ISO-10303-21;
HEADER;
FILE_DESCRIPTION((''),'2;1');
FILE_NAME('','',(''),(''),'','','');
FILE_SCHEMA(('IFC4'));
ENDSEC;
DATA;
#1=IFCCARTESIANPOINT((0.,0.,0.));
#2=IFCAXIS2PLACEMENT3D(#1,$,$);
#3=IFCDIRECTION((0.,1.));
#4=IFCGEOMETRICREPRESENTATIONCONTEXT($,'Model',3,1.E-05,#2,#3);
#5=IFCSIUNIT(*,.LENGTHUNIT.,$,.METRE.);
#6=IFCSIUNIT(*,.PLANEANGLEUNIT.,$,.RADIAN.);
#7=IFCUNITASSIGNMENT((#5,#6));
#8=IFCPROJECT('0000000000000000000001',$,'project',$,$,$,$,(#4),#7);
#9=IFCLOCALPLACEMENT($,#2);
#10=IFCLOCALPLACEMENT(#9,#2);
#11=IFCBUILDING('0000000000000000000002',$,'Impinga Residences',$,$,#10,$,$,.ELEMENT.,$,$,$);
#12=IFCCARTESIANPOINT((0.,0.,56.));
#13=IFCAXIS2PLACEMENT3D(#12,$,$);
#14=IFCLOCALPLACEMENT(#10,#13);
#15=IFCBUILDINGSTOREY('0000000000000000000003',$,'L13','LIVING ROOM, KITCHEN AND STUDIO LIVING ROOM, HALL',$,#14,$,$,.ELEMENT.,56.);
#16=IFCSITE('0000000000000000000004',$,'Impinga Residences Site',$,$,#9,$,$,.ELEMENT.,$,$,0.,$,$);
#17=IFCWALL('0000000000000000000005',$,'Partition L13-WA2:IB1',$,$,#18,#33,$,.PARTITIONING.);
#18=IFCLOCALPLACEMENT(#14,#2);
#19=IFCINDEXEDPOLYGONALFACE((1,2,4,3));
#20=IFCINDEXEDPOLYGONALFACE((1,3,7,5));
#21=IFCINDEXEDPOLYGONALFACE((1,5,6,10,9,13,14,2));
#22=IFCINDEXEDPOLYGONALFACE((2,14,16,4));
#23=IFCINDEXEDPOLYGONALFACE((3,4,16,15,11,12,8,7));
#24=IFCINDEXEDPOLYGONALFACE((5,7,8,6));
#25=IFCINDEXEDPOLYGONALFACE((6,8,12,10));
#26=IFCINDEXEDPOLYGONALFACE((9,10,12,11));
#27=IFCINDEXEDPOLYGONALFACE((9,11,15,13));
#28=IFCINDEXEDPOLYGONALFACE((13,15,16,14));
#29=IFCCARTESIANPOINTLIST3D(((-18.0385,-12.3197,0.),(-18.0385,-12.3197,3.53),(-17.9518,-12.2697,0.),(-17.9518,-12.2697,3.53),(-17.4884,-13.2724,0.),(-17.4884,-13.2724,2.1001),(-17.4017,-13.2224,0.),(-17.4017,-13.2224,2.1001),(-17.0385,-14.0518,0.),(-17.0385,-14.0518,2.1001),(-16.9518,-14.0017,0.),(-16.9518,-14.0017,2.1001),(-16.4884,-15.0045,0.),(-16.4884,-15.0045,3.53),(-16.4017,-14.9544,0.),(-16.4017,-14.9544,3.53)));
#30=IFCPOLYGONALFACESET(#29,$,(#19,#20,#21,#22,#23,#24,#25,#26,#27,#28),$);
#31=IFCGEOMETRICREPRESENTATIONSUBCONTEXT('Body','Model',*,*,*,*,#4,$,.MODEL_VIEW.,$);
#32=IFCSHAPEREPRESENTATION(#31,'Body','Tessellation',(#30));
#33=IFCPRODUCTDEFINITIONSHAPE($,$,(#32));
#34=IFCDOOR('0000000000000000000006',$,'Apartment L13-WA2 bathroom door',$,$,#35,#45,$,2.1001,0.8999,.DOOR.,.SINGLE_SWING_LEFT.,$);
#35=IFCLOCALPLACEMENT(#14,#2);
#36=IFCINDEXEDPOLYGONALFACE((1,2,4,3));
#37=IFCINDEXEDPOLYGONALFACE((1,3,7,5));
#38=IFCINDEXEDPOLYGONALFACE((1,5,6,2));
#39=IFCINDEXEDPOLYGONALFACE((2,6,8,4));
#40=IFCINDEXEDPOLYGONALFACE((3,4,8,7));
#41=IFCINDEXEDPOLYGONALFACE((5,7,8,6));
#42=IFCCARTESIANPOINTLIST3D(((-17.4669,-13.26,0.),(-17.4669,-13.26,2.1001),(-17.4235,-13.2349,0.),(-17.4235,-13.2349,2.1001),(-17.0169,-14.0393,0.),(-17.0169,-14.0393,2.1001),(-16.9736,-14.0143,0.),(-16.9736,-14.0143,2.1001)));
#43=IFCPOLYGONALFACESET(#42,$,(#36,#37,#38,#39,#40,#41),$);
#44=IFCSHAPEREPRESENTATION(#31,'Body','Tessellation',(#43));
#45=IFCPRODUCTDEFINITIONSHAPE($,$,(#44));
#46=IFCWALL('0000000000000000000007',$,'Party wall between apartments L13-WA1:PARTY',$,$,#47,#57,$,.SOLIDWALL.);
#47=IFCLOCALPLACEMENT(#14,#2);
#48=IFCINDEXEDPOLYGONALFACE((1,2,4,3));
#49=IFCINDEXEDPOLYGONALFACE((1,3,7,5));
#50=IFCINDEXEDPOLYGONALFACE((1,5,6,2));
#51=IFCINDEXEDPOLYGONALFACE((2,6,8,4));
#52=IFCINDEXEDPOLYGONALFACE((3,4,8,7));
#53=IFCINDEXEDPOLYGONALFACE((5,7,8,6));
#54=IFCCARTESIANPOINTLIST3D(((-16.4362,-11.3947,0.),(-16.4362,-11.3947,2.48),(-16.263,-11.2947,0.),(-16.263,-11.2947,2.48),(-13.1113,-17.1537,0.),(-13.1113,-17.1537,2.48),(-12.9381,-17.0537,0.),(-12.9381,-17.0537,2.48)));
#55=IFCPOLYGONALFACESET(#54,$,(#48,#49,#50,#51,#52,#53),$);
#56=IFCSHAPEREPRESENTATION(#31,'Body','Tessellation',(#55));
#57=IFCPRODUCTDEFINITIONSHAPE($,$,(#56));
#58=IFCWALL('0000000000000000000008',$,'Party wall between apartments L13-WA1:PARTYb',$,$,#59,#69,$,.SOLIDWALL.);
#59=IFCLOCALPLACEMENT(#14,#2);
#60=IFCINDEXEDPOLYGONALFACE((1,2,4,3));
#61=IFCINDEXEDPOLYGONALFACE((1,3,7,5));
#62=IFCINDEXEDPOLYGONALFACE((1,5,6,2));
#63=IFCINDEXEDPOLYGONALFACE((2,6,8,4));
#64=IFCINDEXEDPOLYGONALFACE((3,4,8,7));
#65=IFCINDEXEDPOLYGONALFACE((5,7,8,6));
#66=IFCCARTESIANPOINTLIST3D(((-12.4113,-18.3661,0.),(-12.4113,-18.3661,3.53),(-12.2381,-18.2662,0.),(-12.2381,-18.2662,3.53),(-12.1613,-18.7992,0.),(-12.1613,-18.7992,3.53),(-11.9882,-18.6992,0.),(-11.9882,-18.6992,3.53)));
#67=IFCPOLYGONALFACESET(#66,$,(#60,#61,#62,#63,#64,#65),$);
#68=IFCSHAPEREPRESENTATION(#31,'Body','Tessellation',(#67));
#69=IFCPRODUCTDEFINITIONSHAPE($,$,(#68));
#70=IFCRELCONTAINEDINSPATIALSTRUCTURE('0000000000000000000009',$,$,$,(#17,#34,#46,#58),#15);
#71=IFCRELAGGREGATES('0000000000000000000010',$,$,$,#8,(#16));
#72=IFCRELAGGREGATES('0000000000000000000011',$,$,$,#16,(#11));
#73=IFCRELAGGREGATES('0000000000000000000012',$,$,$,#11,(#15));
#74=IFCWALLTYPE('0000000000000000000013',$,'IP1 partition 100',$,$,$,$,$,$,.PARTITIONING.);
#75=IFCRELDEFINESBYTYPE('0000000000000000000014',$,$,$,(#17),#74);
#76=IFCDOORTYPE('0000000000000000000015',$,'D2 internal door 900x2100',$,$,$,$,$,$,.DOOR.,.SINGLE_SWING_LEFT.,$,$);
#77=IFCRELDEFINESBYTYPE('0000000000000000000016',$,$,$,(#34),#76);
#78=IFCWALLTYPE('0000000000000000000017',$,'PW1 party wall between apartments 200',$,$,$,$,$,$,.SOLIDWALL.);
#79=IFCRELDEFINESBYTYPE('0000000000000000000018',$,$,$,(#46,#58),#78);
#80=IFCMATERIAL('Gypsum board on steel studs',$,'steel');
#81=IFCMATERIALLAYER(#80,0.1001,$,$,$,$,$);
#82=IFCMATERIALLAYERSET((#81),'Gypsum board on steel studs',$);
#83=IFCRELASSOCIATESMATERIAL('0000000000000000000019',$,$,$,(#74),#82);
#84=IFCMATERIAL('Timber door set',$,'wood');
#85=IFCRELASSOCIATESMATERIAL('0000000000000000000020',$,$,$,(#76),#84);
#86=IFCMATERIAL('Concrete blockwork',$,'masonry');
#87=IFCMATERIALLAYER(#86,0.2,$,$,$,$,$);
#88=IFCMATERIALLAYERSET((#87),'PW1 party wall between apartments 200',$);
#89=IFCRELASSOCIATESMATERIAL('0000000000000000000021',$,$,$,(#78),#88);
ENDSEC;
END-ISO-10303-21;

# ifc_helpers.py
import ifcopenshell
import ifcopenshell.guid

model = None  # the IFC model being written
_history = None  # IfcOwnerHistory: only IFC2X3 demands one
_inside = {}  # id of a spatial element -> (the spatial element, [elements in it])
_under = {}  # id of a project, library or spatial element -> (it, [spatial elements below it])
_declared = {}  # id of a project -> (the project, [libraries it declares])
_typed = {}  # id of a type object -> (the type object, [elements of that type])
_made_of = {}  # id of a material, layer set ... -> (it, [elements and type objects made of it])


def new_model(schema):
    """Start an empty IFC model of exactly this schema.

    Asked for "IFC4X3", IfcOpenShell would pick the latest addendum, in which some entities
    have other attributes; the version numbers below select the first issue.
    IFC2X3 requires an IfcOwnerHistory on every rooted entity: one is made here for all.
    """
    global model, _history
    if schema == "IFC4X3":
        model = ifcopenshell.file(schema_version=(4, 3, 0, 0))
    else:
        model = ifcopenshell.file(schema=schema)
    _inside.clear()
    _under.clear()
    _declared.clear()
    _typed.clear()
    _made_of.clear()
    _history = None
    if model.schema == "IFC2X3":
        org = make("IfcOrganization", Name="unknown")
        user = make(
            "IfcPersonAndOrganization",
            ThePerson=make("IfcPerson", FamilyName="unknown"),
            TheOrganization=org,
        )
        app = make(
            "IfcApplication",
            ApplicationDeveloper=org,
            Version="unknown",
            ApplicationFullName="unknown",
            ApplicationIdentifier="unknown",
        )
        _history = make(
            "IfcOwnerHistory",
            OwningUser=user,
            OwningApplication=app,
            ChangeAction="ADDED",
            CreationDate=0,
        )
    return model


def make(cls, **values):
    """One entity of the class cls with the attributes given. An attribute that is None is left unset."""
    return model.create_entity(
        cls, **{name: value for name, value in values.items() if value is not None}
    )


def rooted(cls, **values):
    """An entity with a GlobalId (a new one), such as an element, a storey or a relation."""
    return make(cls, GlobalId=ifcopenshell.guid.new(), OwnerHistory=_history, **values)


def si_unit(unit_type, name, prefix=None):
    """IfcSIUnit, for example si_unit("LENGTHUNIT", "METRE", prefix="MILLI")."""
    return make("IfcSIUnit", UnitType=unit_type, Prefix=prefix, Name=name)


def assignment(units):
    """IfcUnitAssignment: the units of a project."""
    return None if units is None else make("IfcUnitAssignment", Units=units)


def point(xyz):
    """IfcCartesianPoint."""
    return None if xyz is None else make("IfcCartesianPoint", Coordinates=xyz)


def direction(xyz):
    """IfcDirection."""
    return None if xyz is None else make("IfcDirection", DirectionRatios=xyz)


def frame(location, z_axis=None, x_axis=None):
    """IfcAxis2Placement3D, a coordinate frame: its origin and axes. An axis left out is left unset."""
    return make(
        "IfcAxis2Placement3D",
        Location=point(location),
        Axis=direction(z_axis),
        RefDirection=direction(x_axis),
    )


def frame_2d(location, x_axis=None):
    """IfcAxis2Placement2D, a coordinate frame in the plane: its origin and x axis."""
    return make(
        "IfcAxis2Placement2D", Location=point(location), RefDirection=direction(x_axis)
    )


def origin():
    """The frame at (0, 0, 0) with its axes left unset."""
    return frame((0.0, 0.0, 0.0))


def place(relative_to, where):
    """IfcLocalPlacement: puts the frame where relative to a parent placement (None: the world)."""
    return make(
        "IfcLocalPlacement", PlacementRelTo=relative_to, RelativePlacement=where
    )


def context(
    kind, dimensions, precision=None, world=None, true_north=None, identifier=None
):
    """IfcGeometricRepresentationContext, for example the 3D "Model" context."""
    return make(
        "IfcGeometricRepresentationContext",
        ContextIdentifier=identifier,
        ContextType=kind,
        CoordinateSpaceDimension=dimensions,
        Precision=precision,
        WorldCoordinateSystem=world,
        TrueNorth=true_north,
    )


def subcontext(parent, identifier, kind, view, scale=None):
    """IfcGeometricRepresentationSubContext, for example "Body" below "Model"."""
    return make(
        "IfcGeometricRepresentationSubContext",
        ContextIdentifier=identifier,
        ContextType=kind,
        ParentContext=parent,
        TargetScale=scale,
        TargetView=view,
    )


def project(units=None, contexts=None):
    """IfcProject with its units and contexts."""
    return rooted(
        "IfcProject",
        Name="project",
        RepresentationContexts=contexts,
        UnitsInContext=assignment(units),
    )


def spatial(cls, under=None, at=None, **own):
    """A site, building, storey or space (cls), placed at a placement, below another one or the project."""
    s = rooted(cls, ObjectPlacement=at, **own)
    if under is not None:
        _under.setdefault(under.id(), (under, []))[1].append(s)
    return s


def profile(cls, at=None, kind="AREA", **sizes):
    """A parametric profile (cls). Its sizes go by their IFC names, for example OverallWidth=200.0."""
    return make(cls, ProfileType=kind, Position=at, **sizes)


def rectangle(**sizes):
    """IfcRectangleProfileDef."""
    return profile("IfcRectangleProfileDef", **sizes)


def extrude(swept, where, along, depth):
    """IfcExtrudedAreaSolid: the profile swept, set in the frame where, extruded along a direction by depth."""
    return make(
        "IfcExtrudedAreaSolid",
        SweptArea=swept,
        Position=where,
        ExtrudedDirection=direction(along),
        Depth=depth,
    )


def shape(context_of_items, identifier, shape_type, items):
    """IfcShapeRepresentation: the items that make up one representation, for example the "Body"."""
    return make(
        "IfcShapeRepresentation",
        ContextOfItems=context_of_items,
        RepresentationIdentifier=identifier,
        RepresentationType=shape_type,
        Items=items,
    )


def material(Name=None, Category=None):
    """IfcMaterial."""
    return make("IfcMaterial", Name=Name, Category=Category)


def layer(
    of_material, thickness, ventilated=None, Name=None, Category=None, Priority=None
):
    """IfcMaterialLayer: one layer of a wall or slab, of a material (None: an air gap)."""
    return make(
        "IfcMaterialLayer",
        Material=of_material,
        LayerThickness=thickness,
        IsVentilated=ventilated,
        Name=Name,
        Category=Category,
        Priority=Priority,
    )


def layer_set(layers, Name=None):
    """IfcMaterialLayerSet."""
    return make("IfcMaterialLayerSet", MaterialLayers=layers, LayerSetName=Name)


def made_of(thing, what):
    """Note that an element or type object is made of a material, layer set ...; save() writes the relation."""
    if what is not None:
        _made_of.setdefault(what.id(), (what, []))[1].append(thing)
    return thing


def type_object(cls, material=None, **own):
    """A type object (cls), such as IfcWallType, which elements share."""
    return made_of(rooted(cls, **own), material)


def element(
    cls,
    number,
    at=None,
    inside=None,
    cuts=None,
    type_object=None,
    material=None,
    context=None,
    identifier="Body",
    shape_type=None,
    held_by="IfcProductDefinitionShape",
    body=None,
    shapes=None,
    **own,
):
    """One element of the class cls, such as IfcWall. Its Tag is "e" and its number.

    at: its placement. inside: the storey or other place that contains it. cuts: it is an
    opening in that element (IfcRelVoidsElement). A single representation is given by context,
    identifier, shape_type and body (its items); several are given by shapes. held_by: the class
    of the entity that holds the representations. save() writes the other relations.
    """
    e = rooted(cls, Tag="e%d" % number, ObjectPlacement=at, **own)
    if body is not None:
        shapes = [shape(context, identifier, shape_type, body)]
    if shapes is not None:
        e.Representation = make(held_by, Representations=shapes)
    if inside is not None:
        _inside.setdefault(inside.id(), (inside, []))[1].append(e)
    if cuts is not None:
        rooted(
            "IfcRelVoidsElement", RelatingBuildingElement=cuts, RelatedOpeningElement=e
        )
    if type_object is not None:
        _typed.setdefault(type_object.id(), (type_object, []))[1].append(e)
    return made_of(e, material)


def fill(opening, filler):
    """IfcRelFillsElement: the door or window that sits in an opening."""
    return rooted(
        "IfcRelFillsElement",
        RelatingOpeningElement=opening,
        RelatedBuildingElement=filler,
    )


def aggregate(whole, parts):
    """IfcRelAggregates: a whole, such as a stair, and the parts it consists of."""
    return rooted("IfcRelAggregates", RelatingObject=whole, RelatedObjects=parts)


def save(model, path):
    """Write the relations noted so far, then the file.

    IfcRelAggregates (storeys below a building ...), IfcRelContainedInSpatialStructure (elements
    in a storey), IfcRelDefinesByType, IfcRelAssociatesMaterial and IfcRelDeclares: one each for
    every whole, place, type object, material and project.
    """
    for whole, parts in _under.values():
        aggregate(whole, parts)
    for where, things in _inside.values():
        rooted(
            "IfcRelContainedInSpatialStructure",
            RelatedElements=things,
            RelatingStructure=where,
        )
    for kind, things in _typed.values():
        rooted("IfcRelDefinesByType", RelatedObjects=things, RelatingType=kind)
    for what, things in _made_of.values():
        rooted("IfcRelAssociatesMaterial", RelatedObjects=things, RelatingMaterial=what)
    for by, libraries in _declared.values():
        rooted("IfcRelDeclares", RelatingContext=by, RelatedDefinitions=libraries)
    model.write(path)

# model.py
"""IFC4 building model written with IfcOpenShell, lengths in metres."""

from ifc_helpers import new_model, si_unit, direction, frame, frame_2d, origin, place, context, subcontext, project, spatial, rectangle, extrude, material, layer, layer_set, type_object, element, fill, save


model = new_model("IFC4")

# Units and contexts
model_context = context("Model", 3, precision=1e-05, world=origin(), true_north=direction((0.0, 1.0)))
body_context = subcontext(model_context, "Body", "Model", "MODEL_VIEW")
ifc_project = project(units=[si_unit("LENGTHUNIT", "METRE"), si_unit("PLANEANGLEUNIT", "RADIAN")], contexts=[model_context])

# Site, building, storey
site_placement = place(None, origin())
site = spatial("IfcSite", under=ifc_project, at=site_placement, Name="Impinga Residences Site", CompositionType="ELEMENT", RefElevation=0.0)
building_placement = place(site_placement, origin())
building = spatial("IfcBuilding", under=site, at=building_placement, Name="Impinga Residences", CompositionType="ELEMENT")
storey_placement = place(building_placement, frame((0.0, 0.0, 56.0)))
storey = spatial("IfcBuildingStorey", under=building, at=storey_placement, Name="L13", Description="LIVING ROOM, KITCHEN AND STUDIO LIVING ROOM, HALL", CompositionType="ELEMENT", Elevation=56.0)

# Shared definitions
ifc_material_1 = material(Name="Gypsum board on steel studs", Category="steel")
ifc_layer_1 = layer(ifc_material_1, 0.1001)
ifc_layer_set_1 = layer_set([ifc_layer_1], Name="Gypsum board on steel studs")
wall_type_1 = type_object("IfcWallType", Name="IP1 partition 100", PredefinedType="PARTITIONING", material=ifc_layer_set_1)
ifc_material_2 = material(Name="Timber door set", Category="wood")
door_type = type_object("IfcDoorType", Name="D2 internal door 900x2100", OperationType="SINGLE_SWING_LEFT", PredefinedType="DOOR", material=ifc_material_2)

# Wall, opening, door
wall_1_placement = place(storey_placement, frame((-17.9951, -12.2947, 0.0), z_axis=(0.0, 0.0, 1.0), x_axis=(0.499993, -0.86603, 0.0)))
wall_1 = element("IfcWall", 1, at=wall_1_placement, inside=storey, type_object=wall_type_1, Name="Partition L13-WA2:IB1", PredefinedType="PARTITIONING", context=body_context, shape_type="SweptSolid", body=[
    extrude(rectangle(XDim=3.1001, YDim=0.1001, at=frame_2d((1.55, 0.0))), origin(), (0.0, 0.0, 1.0), 3.53),
])
opening_1_placement = place(wall_1_placement, frame((1.1001, 0.0, 0.0)))
opening_1 = element("IfcOpeningElement", 2, at=opening_1_placement, cuts=wall_1, PredefinedType="OPENING", context=body_context, shape_type="SweptSolid", body=[
    extrude(rectangle(XDim=0.8999, YDim=2.1001, at=frame_2d((0.45, 1.05))), frame((0.0, 0.0601, 0.0), z_axis=(0.0, -1.0, 0.0), x_axis=(1.0, 0.0, 0.0)), (0.0, 0.0, 1.0), 0.1201),
])
door_1_placement = place(opening_1_placement, origin())
door_1 = element("IfcDoor", 3, at=door_1_placement, inside=storey, type_object=door_type, Name="Apartment L13-WA2 bathroom door", OperationType="SINGLE_SWING_LEFT", OverallHeight=2.1001, OverallWidth=0.8999, PredefinedType="DOOR", context=body_context, shape_type="SweptSolid", body=[
    extrude(rectangle(XDim=0.8999, YDim=2.1001, at=frame_2d((0.45, 1.05))), frame((0.0, 0.0249, 0.0), z_axis=(0.0, -1.0, 0.0), x_axis=(1.0, 0.0, 0.0)), (0.0, 0.0, 1.0), 0.05),
])
fill(opening_1, door_1)

# Walls
ifc_material_3 = material(Name="Concrete blockwork", Category="masonry")
ifc_layer_2 = layer(ifc_material_3, 0.2)
ifc_layer_set_2 = layer_set([ifc_layer_2], Name="PW1 party wall between apartments 200")
wall_type_2 = type_object("IfcWallType", Name="PW1 party wall between apartments 200", PredefinedType="SOLIDWALL", material=ifc_layer_set_2)
wall_2_placement = place(storey_placement, frame((-16.3496, -11.3447, 0.0), z_axis=(0.0, 0.0, 1.0), x_axis=(0.499997, -0.866027, 0.0)))
element("IfcWall", 4, at=wall_2_placement, inside=storey, type_object=wall_type_2, Name="Party wall between apartments L13-WA1:PARTY", PredefinedType="SOLIDWALL", context=body_context, shape_type="SweptSolid", body=[
    extrude(rectangle(XDim=6.6499, YDim=0.2, at=frame_2d((3.325, 0.0))), origin(), (0.0, 0.0, 1.0), 2.48),
])
wall_3_placement = place(storey_placement, frame((-12.3247, -18.3162, 0.0), z_axis=(0.0, 0.0, 1.0), x_axis=(0.49992, -0.866072, 0.0)))
element("IfcWall", 5, at=wall_3_placement, inside=storey, type_object=wall_type_2, Name="Party wall between apartments L13-WA1:PARTYb", PredefinedType="SOLIDWALL", context=body_context, shape_type="SweptSolid", body=[
    extrude(rectangle(XDim=0.5, YDim=0.2, at=frame_2d((0.25, 0.0))), origin(), (0.0, 0.0, 1.0), 3.53),
])

save(model, "model.ifc")
